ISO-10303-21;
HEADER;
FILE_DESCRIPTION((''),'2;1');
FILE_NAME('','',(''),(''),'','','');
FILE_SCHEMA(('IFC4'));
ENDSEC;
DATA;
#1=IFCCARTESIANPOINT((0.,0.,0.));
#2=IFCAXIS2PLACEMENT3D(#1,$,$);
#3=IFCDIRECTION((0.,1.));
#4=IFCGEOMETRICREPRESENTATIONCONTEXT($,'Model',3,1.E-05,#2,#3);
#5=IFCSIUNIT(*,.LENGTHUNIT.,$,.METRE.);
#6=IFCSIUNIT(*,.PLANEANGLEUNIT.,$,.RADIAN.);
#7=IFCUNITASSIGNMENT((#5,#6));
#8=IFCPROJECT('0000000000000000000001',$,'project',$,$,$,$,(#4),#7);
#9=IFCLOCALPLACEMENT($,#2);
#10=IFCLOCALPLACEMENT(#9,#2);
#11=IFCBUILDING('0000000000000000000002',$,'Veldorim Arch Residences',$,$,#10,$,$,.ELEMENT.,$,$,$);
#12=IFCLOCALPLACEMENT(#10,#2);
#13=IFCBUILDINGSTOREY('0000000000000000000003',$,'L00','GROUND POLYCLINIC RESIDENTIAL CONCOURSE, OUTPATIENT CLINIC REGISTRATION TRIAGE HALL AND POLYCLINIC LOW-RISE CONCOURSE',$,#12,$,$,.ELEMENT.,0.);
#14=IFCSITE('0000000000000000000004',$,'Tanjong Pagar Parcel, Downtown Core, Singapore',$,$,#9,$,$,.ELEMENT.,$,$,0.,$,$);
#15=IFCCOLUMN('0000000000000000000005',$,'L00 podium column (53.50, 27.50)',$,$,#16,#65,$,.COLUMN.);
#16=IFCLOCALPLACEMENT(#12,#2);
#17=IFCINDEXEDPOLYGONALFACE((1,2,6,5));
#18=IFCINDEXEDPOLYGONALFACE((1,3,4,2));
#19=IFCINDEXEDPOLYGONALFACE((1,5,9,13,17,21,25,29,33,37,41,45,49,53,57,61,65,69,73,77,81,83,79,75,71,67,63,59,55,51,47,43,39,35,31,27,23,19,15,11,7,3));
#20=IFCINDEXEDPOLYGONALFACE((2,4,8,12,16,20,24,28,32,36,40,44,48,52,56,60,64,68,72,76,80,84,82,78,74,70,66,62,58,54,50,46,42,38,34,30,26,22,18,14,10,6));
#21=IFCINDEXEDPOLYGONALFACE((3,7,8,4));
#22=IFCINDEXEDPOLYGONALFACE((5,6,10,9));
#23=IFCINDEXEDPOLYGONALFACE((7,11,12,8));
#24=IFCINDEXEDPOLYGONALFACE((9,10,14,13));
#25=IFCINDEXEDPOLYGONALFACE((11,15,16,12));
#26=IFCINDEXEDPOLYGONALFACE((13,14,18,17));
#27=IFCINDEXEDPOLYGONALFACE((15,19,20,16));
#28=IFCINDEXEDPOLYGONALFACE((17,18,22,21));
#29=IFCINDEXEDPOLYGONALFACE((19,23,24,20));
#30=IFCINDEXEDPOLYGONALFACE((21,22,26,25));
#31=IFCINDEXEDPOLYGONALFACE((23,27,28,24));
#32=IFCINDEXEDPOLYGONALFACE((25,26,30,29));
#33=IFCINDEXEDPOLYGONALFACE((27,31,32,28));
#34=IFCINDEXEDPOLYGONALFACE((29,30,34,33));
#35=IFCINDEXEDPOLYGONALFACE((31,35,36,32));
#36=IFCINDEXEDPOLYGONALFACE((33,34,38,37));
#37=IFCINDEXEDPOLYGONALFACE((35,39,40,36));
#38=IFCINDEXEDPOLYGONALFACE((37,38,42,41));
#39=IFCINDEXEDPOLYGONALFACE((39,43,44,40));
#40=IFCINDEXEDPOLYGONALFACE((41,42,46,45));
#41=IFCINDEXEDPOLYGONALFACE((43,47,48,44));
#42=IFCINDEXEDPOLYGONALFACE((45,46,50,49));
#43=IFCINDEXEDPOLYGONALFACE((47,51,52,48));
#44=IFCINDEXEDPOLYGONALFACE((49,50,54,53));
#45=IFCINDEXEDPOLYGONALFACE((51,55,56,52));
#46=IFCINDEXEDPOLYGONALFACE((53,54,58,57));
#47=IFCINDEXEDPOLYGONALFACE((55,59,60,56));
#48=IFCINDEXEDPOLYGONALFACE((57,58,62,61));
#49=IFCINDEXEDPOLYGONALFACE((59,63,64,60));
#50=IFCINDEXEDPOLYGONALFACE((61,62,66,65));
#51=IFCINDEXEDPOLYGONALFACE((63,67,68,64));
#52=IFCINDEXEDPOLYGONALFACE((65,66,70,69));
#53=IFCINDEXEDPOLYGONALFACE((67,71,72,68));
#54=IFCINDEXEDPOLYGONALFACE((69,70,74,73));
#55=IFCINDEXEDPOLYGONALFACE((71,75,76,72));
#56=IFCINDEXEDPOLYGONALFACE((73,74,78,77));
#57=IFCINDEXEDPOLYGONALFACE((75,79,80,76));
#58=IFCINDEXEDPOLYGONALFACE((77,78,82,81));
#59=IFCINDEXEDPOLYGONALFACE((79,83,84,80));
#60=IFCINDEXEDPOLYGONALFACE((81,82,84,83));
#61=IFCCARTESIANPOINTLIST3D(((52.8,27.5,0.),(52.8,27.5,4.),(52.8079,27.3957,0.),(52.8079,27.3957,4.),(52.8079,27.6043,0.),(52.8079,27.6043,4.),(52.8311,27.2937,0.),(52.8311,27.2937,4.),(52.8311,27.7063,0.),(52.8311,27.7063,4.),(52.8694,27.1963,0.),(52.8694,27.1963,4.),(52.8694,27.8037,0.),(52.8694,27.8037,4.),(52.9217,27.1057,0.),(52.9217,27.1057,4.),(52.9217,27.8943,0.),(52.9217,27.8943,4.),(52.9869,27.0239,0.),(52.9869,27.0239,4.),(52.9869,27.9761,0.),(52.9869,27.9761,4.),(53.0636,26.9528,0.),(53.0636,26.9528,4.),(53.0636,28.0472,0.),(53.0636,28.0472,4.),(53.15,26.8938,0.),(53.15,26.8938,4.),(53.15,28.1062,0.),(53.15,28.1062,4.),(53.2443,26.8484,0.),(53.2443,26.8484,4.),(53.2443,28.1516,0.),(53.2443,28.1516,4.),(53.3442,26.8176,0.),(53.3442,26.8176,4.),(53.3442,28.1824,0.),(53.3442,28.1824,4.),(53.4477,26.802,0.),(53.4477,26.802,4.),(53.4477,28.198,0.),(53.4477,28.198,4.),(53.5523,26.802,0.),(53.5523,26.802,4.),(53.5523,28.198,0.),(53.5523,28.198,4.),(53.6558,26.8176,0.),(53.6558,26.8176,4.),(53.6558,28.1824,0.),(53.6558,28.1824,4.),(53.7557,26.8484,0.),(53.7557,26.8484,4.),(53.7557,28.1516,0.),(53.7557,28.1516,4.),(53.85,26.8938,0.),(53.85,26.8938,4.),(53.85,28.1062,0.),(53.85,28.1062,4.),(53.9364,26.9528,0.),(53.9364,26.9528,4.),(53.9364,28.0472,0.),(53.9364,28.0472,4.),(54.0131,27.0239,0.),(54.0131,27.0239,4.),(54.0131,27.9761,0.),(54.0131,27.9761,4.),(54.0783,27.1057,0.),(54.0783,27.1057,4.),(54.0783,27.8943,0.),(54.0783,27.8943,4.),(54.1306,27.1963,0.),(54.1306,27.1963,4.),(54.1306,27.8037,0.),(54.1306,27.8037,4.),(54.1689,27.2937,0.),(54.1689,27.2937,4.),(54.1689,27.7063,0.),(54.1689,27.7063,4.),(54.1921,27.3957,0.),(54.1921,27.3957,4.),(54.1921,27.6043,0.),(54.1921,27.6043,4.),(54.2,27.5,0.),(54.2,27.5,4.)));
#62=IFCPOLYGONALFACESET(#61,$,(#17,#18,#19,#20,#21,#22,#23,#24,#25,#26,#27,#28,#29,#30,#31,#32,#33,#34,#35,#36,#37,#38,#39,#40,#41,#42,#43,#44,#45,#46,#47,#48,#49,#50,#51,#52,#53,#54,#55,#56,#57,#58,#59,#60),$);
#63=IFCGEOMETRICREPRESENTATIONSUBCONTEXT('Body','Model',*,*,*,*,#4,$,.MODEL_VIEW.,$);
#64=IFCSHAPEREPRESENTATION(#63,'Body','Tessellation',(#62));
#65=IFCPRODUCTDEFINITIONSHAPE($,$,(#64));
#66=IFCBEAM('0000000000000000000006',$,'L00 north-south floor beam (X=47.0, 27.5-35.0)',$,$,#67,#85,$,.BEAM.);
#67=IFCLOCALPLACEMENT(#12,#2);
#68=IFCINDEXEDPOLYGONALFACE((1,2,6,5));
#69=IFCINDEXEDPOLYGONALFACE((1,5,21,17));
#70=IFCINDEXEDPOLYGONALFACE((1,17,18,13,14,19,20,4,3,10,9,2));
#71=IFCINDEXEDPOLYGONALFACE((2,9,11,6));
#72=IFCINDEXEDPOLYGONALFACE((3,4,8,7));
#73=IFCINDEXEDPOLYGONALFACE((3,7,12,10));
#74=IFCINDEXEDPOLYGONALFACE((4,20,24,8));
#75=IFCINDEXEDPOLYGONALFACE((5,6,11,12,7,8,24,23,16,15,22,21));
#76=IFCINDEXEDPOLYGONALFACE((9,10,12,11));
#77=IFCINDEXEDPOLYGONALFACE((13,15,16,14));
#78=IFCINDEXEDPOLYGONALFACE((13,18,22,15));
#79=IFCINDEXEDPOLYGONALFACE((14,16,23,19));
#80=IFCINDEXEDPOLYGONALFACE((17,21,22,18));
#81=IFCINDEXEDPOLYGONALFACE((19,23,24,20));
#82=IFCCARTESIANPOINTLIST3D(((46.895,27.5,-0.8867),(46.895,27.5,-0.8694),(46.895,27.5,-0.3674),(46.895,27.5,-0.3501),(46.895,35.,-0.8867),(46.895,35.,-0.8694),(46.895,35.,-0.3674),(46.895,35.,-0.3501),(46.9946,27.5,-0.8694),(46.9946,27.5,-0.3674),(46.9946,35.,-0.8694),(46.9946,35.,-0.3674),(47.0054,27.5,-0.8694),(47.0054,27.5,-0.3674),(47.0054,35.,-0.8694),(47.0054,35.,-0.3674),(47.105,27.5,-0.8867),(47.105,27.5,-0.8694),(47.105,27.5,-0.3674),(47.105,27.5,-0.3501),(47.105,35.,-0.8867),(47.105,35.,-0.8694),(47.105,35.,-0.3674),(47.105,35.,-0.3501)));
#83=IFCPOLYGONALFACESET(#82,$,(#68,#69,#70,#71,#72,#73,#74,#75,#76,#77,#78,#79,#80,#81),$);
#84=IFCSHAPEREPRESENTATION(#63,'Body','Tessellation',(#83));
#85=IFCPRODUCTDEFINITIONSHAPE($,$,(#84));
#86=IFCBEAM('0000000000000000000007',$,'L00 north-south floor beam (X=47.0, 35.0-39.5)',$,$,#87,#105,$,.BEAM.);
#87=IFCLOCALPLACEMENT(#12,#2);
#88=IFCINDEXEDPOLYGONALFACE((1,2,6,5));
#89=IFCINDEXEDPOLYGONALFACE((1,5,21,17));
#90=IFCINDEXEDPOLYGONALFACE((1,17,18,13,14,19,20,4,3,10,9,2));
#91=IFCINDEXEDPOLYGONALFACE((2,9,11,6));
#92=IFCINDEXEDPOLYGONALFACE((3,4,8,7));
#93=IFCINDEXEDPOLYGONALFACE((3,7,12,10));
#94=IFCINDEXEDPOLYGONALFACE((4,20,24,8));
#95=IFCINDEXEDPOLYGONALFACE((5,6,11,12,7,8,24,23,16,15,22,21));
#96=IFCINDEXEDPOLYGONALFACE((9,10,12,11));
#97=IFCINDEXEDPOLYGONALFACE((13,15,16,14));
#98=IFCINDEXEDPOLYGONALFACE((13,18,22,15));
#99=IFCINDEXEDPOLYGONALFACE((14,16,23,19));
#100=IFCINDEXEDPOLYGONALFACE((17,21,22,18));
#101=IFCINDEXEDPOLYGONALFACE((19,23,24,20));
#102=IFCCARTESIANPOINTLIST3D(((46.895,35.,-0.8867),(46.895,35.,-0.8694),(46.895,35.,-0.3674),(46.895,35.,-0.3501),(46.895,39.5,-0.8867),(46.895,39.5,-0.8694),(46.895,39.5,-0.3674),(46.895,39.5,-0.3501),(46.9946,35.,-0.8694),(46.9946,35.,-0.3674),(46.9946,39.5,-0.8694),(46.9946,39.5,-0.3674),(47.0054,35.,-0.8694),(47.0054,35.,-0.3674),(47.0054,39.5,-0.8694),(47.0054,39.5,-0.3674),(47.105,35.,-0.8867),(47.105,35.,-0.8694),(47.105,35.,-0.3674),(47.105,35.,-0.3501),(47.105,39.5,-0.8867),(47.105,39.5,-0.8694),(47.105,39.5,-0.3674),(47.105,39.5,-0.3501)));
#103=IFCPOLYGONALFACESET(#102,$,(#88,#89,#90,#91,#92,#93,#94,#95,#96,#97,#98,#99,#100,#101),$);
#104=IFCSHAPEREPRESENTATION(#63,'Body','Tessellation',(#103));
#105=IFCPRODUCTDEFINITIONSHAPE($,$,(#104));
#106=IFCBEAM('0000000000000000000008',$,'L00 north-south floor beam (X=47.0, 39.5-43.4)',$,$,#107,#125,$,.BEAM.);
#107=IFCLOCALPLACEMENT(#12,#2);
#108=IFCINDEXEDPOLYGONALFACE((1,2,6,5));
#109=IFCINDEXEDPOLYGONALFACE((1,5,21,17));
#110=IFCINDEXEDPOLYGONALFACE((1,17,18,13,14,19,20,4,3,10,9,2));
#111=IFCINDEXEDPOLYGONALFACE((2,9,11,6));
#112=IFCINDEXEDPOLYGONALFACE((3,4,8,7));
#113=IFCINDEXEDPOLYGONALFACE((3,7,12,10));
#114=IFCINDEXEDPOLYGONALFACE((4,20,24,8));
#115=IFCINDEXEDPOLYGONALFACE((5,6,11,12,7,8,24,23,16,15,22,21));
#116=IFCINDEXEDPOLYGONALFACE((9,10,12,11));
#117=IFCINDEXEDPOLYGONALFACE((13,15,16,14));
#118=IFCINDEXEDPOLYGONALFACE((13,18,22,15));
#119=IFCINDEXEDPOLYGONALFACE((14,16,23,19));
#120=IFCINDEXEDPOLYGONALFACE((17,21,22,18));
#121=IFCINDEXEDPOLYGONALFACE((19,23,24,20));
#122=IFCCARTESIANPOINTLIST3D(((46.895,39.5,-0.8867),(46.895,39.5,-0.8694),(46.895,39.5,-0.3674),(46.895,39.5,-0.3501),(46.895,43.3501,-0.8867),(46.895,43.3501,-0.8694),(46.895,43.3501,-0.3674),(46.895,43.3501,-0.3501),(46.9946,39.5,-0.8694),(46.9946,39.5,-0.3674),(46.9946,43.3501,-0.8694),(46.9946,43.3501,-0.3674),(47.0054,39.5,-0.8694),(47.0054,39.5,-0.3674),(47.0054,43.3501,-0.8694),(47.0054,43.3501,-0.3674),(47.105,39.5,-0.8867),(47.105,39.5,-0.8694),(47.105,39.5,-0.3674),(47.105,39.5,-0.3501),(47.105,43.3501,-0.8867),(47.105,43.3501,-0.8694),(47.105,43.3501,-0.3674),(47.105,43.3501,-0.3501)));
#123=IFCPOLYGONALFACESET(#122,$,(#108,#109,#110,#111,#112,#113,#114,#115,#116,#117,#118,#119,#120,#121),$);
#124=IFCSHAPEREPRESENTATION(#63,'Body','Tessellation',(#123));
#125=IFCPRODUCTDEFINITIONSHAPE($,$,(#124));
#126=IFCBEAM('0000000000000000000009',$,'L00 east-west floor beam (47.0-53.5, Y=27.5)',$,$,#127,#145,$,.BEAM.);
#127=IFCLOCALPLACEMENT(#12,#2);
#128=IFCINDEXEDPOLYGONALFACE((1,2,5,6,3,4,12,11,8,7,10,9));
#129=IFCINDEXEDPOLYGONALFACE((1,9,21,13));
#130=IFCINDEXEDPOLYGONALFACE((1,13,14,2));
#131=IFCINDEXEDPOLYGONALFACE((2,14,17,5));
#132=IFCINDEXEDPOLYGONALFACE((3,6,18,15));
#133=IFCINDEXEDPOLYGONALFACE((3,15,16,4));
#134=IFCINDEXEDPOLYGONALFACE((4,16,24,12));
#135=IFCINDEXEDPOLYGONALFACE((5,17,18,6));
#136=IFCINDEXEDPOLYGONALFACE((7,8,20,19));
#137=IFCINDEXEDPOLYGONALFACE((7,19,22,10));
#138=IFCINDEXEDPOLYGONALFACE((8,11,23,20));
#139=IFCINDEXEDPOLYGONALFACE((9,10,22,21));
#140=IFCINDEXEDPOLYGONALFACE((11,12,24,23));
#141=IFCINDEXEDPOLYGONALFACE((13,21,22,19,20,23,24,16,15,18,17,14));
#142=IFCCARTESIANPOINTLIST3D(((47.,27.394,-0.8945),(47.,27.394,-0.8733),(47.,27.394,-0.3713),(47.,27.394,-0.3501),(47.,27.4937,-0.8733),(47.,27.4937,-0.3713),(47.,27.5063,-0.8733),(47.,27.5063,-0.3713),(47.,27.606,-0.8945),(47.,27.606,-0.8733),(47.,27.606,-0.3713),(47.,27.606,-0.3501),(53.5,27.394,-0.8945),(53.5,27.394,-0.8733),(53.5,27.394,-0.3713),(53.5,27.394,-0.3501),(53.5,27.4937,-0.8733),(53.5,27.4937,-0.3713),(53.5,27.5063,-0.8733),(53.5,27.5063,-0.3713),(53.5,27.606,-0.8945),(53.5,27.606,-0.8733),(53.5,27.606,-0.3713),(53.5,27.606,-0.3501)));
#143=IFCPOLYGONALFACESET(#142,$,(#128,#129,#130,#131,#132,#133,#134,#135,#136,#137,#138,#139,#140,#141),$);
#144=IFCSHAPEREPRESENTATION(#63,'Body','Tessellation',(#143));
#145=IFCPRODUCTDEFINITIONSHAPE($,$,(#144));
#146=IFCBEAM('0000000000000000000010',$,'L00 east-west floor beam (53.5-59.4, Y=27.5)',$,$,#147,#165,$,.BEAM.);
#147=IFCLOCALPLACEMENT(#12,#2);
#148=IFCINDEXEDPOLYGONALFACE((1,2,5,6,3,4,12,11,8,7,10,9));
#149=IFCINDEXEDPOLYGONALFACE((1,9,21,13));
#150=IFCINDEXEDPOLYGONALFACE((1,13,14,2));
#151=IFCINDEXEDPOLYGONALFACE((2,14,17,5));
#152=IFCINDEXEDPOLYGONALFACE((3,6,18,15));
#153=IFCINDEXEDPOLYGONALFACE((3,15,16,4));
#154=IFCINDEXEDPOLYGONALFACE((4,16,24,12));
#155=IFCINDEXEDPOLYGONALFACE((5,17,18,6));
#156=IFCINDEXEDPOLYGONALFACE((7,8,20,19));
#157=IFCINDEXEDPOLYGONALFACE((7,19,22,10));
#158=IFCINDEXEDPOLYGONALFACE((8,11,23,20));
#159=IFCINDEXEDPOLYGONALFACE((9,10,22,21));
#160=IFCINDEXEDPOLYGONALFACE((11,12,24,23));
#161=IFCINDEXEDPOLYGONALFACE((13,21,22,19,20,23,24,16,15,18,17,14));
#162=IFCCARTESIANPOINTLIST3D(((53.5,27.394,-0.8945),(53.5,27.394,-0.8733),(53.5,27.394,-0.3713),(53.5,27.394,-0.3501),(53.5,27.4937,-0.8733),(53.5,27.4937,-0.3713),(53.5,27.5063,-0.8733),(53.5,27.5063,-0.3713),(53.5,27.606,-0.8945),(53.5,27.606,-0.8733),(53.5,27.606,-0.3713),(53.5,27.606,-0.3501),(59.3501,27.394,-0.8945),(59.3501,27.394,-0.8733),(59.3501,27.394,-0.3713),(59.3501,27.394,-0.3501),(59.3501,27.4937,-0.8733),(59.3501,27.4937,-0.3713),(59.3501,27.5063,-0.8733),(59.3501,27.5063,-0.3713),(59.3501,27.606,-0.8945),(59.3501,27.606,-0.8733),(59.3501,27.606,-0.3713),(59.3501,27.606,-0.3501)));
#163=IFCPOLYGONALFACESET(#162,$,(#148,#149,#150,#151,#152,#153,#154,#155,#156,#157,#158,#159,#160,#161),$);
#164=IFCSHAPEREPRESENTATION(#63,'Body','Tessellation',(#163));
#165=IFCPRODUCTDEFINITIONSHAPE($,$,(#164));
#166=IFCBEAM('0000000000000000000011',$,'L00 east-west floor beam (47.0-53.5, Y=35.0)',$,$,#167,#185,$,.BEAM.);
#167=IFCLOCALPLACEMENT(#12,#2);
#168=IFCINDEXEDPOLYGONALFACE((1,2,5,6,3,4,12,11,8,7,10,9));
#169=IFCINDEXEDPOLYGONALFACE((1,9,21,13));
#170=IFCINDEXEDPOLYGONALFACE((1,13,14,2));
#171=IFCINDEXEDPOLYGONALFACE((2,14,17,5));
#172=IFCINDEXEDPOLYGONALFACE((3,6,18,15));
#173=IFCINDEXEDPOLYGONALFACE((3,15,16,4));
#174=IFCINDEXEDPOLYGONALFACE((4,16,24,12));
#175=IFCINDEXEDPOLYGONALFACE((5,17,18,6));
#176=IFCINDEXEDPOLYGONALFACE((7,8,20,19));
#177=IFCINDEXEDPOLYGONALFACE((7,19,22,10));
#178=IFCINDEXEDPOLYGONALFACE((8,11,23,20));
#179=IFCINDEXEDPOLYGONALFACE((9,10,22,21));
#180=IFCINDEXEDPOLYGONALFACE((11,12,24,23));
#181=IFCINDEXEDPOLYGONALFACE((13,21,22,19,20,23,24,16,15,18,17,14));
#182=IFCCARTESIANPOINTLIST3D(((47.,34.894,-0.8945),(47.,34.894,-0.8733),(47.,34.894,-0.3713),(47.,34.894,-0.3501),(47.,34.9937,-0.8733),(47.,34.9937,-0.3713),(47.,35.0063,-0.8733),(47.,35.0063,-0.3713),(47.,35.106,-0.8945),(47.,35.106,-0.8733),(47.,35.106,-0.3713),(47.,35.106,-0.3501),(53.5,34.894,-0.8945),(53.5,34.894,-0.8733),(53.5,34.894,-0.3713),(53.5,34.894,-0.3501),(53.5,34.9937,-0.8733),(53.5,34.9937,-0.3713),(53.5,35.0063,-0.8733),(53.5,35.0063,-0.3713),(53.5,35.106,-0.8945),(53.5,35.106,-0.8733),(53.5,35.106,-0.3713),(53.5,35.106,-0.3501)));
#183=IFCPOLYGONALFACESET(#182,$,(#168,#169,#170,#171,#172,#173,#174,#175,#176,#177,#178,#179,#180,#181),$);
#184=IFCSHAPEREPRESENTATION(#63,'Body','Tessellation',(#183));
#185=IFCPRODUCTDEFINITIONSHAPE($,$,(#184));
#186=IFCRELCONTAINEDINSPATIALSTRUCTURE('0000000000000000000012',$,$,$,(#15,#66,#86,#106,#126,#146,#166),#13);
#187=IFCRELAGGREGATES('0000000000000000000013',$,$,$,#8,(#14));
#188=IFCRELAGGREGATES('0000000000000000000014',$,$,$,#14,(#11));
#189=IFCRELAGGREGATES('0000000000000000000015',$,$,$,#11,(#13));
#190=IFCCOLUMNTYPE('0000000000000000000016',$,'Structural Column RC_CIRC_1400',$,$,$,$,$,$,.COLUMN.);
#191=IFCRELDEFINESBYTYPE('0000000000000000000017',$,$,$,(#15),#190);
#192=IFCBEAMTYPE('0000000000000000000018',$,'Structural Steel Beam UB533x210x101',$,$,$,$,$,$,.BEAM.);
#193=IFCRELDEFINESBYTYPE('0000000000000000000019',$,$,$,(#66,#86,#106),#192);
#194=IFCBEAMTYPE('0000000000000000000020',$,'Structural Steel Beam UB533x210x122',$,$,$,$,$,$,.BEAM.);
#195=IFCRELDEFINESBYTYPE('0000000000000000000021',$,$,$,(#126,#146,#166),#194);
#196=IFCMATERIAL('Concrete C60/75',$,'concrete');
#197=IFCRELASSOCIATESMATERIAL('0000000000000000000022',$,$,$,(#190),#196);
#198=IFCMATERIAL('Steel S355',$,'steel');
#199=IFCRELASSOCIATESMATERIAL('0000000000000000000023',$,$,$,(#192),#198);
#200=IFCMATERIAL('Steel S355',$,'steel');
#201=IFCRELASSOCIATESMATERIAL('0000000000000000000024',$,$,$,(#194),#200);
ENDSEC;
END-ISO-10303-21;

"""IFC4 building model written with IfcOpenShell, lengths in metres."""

from ifc_helpers import new_model, si_unit, direction, frame, origin, origin_2d, place, context, subcontext, project, spatial, circle, i_section, extrude, material, material_profile, profile_set, type_object, element, save


model = new_model("IFC4")

# Units and contexts
model_context = context("Model", 3, precision=1e-05, world=origin(), true_north=direction((0.0, 1.0)))
body_context = subcontext(model_context, "Body", "Model", "MODEL_VIEW")
ifc_project = project(units=[si_unit("LENGTHUNIT", "METRE"), si_unit("PLANEANGLEUNIT", "RADIAN")], contexts=[model_context])

# Site, building, storey
site_placement = place(None, origin())
site = spatial("IfcSite", under=ifc_project, at=site_placement, Name="Tanjong Pagar Parcel, Downtown Core, Singapore", CompositionType="ELEMENT", RefElevation=0.0)
building_placement = place(site_placement, origin())
building = spatial("IfcBuilding", under=site, at=building_placement, Name="Veldorim Arch Residences", CompositionType="ELEMENT")
storey_placement = place(building_placement, origin())
storey = spatial("IfcBuildingStorey", under=building, at=storey_placement, Name="L00", Description="GROUND POLYCLINIC RESIDENTIAL CONCOURSE, OUTPATIENT CLINIC REGISTRATION TRIAGE HALL AND POLYCLINIC LOW-RISE CONCOURSE", CompositionType="ELEMENT", Elevation=0.0)

# Column
ifc_material_1 = material(Name="Concrete C60/75", Category="concrete")
ifc_material_profile_1 = material_profile(ifc_material_1, circle(Radius=0.7, at=origin_2d()), Name="RC_CIRC_1400")
ifc_profile_set_1 = profile_set([ifc_material_profile_1], Name="Concrete C60/75")
column_type = type_object("IfcColumnType", Name="Structural Column RC_CIRC_1400", PredefinedType="COLUMN", material=ifc_profile_set_1)
column_placement = place(storey_placement, frame((53.5, 27.5, 0.0), z_axis=(0.0, 0.0, 1.0), x_axis=(1.0, 0.0, 0.0)))
element("IfcColumn", 1, at=column_placement, inside=storey, type_object=column_type, Name="L00 podium column (53.50, 27.50)", PredefinedType="COLUMN", context=body_context, shape_type="SweptSolid", body=[
    extrude(circle(Radius=0.7, at=origin_2d()), origin(), (0.0, 0.0, 1.0), 4.0),
])

# Beams
ifc_material_2 = material(Name="Steel S355", Category="steel")
ifc_material_profile_2 = material_profile(ifc_material_2, i_section(OverallWidth=0.21, OverallDepth=0.5366, WebThickness=0.0107, FlangeThickness=0.0173, at=origin_2d()), Name="UB533x210x101")
ifc_profile_set_2 = profile_set([ifc_material_profile_2], Name="Steel S355")
beam_type_1 = type_object("IfcBeamType", Name="Structural Steel Beam UB533x210x101", PredefinedType="BEAM", material=ifc_profile_set_2)
beam_1_placement = place(storey_placement, frame((47.0, 27.5, -0.6184), z_axis=(0.0, 1.0, 0.0), x_axis=(-1.0, 0.0, 0.0)))
element("IfcBeam", 2, at=beam_1_placement, inside=storey, type_object=beam_type_1, Name="L00 north-south floor beam (X=47.0, 27.5-35.0)", PredefinedType="BEAM", context=body_context, shape_type="SweptSolid", body=[
    extrude(i_section(OverallWidth=0.21, OverallDepth=0.5366, WebThickness=0.0107, FlangeThickness=0.0173, at=origin_2d()), origin(), (0.0, 0.0, 1.0), 7.5),
])
beam_2_placement = place(storey_placement, frame((47.0, 35.0, -0.6184), z_axis=(0.0, 1.0, 0.0), x_axis=(-1.0, 0.0, 0.0)))
element("IfcBeam", 3, at=beam_2_placement, inside=storey, type_object=beam_type_1, Name="L00 north-south floor beam (X=47.0, 35.0-39.5)", PredefinedType="BEAM", context=body_context, shape_type="SweptSolid", body=[
    extrude(i_section(OverallWidth=0.21, OverallDepth=0.5366, WebThickness=0.0107, FlangeThickness=0.0173, at=origin_2d()), origin(), (0.0, 0.0, 1.0), 4.5),
])
beam_3_placement = place(storey_placement, frame((47.0, 39.5, -0.6184), z_axis=(0.0, 1.0, 0.0), x_axis=(-1.0, 0.0, 0.0)))
element("IfcBeam", 4, at=beam_3_placement, inside=storey, type_object=beam_type_1, Name="L00 north-south floor beam (X=47.0, 39.5-43.4)", PredefinedType="BEAM", context=body_context, shape_type="SweptSolid", body=[
    extrude(i_section(OverallWidth=0.21, OverallDepth=0.5366, WebThickness=0.0107, FlangeThickness=0.0173, at=origin_2d()), origin(), (0.0, 0.0, 1.0), 3.8501),
])
ifc_material_3 = material(Name="Steel S355", Category="steel")
ifc_material_profile_3 = material_profile(ifc_material_3, i_section(OverallWidth=0.2119, OverallDepth=0.5444, WebThickness=0.0127, FlangeThickness=0.0212, at=origin_2d()), Name="UB533x210x122")
ifc_profile_set_3 = profile_set([ifc_material_profile_3], Name="Steel S355")
beam_type_2 = type_object("IfcBeamType", Name="Structural Steel Beam UB533x210x122", PredefinedType="BEAM", material=ifc_profile_set_3)
beam_4_placement = place(storey_placement, frame((47.0, 27.5, -0.6223), z_axis=(1.0, 0.0, 0.0), x_axis=(0.0, 1.0, 0.0)))
element("IfcBeam", 5, at=beam_4_placement, inside=storey, type_object=beam_type_2, Name="L00 east-west floor beam (47.0-53.5, Y=27.5)", PredefinedType="BEAM", context=body_context, shape_type="SweptSolid", body=[
    extrude(i_section(OverallWidth=0.2119, OverallDepth=0.5444, WebThickness=0.0127, FlangeThickness=0.0212, at=origin_2d()), origin(), (0.0, 0.0, 1.0), 6.5),
])
beam_5_placement = place(storey_placement, frame((53.5, 27.5, -0.6223), z_axis=(1.0, 0.0, 0.0), x_axis=(0.0, 1.0, 0.0)))
element("IfcBeam", 6, at=beam_5_placement, inside=storey, type_object=beam_type_2, Name="L00 east-west floor beam (53.5-59.4, Y=27.5)", PredefinedType="BEAM", context=body_context, shape_type="SweptSolid", body=[
    extrude(i_section(OverallWidth=0.2119, OverallDepth=0.5444, WebThickness=0.0127, FlangeThickness=0.0212, at=origin_2d()), origin(), (0.0, 0.0, 1.0), 5.8501),
])
for number, where, z_axis, x_axis, name in (
    (7, (47.0, 35.0, -0.6223), (1.0, 0.0, 0.0), (0.0, 1.0, 0.0), "L00 east-west floor beam (47.0-53.5, Y=35.0)"),
):
    element("IfcBeam", number, at=place(storey_placement, frame(where, z_axis=z_axis, x_axis=x_axis)), inside=storey, type_object=beam_type_2, Name=name, PredefinedType="BEAM", context=body_context, shape_type="SweptSolid", body=[
        extrude(i_section(OverallWidth=0.2119, OverallDepth=0.5444, WebThickness=0.0127, FlangeThickness=0.0212, at=origin_2d()), origin(), (0.0, 0.0, 1.0), 6.5),
    ])

save(model, "model.ifc")
